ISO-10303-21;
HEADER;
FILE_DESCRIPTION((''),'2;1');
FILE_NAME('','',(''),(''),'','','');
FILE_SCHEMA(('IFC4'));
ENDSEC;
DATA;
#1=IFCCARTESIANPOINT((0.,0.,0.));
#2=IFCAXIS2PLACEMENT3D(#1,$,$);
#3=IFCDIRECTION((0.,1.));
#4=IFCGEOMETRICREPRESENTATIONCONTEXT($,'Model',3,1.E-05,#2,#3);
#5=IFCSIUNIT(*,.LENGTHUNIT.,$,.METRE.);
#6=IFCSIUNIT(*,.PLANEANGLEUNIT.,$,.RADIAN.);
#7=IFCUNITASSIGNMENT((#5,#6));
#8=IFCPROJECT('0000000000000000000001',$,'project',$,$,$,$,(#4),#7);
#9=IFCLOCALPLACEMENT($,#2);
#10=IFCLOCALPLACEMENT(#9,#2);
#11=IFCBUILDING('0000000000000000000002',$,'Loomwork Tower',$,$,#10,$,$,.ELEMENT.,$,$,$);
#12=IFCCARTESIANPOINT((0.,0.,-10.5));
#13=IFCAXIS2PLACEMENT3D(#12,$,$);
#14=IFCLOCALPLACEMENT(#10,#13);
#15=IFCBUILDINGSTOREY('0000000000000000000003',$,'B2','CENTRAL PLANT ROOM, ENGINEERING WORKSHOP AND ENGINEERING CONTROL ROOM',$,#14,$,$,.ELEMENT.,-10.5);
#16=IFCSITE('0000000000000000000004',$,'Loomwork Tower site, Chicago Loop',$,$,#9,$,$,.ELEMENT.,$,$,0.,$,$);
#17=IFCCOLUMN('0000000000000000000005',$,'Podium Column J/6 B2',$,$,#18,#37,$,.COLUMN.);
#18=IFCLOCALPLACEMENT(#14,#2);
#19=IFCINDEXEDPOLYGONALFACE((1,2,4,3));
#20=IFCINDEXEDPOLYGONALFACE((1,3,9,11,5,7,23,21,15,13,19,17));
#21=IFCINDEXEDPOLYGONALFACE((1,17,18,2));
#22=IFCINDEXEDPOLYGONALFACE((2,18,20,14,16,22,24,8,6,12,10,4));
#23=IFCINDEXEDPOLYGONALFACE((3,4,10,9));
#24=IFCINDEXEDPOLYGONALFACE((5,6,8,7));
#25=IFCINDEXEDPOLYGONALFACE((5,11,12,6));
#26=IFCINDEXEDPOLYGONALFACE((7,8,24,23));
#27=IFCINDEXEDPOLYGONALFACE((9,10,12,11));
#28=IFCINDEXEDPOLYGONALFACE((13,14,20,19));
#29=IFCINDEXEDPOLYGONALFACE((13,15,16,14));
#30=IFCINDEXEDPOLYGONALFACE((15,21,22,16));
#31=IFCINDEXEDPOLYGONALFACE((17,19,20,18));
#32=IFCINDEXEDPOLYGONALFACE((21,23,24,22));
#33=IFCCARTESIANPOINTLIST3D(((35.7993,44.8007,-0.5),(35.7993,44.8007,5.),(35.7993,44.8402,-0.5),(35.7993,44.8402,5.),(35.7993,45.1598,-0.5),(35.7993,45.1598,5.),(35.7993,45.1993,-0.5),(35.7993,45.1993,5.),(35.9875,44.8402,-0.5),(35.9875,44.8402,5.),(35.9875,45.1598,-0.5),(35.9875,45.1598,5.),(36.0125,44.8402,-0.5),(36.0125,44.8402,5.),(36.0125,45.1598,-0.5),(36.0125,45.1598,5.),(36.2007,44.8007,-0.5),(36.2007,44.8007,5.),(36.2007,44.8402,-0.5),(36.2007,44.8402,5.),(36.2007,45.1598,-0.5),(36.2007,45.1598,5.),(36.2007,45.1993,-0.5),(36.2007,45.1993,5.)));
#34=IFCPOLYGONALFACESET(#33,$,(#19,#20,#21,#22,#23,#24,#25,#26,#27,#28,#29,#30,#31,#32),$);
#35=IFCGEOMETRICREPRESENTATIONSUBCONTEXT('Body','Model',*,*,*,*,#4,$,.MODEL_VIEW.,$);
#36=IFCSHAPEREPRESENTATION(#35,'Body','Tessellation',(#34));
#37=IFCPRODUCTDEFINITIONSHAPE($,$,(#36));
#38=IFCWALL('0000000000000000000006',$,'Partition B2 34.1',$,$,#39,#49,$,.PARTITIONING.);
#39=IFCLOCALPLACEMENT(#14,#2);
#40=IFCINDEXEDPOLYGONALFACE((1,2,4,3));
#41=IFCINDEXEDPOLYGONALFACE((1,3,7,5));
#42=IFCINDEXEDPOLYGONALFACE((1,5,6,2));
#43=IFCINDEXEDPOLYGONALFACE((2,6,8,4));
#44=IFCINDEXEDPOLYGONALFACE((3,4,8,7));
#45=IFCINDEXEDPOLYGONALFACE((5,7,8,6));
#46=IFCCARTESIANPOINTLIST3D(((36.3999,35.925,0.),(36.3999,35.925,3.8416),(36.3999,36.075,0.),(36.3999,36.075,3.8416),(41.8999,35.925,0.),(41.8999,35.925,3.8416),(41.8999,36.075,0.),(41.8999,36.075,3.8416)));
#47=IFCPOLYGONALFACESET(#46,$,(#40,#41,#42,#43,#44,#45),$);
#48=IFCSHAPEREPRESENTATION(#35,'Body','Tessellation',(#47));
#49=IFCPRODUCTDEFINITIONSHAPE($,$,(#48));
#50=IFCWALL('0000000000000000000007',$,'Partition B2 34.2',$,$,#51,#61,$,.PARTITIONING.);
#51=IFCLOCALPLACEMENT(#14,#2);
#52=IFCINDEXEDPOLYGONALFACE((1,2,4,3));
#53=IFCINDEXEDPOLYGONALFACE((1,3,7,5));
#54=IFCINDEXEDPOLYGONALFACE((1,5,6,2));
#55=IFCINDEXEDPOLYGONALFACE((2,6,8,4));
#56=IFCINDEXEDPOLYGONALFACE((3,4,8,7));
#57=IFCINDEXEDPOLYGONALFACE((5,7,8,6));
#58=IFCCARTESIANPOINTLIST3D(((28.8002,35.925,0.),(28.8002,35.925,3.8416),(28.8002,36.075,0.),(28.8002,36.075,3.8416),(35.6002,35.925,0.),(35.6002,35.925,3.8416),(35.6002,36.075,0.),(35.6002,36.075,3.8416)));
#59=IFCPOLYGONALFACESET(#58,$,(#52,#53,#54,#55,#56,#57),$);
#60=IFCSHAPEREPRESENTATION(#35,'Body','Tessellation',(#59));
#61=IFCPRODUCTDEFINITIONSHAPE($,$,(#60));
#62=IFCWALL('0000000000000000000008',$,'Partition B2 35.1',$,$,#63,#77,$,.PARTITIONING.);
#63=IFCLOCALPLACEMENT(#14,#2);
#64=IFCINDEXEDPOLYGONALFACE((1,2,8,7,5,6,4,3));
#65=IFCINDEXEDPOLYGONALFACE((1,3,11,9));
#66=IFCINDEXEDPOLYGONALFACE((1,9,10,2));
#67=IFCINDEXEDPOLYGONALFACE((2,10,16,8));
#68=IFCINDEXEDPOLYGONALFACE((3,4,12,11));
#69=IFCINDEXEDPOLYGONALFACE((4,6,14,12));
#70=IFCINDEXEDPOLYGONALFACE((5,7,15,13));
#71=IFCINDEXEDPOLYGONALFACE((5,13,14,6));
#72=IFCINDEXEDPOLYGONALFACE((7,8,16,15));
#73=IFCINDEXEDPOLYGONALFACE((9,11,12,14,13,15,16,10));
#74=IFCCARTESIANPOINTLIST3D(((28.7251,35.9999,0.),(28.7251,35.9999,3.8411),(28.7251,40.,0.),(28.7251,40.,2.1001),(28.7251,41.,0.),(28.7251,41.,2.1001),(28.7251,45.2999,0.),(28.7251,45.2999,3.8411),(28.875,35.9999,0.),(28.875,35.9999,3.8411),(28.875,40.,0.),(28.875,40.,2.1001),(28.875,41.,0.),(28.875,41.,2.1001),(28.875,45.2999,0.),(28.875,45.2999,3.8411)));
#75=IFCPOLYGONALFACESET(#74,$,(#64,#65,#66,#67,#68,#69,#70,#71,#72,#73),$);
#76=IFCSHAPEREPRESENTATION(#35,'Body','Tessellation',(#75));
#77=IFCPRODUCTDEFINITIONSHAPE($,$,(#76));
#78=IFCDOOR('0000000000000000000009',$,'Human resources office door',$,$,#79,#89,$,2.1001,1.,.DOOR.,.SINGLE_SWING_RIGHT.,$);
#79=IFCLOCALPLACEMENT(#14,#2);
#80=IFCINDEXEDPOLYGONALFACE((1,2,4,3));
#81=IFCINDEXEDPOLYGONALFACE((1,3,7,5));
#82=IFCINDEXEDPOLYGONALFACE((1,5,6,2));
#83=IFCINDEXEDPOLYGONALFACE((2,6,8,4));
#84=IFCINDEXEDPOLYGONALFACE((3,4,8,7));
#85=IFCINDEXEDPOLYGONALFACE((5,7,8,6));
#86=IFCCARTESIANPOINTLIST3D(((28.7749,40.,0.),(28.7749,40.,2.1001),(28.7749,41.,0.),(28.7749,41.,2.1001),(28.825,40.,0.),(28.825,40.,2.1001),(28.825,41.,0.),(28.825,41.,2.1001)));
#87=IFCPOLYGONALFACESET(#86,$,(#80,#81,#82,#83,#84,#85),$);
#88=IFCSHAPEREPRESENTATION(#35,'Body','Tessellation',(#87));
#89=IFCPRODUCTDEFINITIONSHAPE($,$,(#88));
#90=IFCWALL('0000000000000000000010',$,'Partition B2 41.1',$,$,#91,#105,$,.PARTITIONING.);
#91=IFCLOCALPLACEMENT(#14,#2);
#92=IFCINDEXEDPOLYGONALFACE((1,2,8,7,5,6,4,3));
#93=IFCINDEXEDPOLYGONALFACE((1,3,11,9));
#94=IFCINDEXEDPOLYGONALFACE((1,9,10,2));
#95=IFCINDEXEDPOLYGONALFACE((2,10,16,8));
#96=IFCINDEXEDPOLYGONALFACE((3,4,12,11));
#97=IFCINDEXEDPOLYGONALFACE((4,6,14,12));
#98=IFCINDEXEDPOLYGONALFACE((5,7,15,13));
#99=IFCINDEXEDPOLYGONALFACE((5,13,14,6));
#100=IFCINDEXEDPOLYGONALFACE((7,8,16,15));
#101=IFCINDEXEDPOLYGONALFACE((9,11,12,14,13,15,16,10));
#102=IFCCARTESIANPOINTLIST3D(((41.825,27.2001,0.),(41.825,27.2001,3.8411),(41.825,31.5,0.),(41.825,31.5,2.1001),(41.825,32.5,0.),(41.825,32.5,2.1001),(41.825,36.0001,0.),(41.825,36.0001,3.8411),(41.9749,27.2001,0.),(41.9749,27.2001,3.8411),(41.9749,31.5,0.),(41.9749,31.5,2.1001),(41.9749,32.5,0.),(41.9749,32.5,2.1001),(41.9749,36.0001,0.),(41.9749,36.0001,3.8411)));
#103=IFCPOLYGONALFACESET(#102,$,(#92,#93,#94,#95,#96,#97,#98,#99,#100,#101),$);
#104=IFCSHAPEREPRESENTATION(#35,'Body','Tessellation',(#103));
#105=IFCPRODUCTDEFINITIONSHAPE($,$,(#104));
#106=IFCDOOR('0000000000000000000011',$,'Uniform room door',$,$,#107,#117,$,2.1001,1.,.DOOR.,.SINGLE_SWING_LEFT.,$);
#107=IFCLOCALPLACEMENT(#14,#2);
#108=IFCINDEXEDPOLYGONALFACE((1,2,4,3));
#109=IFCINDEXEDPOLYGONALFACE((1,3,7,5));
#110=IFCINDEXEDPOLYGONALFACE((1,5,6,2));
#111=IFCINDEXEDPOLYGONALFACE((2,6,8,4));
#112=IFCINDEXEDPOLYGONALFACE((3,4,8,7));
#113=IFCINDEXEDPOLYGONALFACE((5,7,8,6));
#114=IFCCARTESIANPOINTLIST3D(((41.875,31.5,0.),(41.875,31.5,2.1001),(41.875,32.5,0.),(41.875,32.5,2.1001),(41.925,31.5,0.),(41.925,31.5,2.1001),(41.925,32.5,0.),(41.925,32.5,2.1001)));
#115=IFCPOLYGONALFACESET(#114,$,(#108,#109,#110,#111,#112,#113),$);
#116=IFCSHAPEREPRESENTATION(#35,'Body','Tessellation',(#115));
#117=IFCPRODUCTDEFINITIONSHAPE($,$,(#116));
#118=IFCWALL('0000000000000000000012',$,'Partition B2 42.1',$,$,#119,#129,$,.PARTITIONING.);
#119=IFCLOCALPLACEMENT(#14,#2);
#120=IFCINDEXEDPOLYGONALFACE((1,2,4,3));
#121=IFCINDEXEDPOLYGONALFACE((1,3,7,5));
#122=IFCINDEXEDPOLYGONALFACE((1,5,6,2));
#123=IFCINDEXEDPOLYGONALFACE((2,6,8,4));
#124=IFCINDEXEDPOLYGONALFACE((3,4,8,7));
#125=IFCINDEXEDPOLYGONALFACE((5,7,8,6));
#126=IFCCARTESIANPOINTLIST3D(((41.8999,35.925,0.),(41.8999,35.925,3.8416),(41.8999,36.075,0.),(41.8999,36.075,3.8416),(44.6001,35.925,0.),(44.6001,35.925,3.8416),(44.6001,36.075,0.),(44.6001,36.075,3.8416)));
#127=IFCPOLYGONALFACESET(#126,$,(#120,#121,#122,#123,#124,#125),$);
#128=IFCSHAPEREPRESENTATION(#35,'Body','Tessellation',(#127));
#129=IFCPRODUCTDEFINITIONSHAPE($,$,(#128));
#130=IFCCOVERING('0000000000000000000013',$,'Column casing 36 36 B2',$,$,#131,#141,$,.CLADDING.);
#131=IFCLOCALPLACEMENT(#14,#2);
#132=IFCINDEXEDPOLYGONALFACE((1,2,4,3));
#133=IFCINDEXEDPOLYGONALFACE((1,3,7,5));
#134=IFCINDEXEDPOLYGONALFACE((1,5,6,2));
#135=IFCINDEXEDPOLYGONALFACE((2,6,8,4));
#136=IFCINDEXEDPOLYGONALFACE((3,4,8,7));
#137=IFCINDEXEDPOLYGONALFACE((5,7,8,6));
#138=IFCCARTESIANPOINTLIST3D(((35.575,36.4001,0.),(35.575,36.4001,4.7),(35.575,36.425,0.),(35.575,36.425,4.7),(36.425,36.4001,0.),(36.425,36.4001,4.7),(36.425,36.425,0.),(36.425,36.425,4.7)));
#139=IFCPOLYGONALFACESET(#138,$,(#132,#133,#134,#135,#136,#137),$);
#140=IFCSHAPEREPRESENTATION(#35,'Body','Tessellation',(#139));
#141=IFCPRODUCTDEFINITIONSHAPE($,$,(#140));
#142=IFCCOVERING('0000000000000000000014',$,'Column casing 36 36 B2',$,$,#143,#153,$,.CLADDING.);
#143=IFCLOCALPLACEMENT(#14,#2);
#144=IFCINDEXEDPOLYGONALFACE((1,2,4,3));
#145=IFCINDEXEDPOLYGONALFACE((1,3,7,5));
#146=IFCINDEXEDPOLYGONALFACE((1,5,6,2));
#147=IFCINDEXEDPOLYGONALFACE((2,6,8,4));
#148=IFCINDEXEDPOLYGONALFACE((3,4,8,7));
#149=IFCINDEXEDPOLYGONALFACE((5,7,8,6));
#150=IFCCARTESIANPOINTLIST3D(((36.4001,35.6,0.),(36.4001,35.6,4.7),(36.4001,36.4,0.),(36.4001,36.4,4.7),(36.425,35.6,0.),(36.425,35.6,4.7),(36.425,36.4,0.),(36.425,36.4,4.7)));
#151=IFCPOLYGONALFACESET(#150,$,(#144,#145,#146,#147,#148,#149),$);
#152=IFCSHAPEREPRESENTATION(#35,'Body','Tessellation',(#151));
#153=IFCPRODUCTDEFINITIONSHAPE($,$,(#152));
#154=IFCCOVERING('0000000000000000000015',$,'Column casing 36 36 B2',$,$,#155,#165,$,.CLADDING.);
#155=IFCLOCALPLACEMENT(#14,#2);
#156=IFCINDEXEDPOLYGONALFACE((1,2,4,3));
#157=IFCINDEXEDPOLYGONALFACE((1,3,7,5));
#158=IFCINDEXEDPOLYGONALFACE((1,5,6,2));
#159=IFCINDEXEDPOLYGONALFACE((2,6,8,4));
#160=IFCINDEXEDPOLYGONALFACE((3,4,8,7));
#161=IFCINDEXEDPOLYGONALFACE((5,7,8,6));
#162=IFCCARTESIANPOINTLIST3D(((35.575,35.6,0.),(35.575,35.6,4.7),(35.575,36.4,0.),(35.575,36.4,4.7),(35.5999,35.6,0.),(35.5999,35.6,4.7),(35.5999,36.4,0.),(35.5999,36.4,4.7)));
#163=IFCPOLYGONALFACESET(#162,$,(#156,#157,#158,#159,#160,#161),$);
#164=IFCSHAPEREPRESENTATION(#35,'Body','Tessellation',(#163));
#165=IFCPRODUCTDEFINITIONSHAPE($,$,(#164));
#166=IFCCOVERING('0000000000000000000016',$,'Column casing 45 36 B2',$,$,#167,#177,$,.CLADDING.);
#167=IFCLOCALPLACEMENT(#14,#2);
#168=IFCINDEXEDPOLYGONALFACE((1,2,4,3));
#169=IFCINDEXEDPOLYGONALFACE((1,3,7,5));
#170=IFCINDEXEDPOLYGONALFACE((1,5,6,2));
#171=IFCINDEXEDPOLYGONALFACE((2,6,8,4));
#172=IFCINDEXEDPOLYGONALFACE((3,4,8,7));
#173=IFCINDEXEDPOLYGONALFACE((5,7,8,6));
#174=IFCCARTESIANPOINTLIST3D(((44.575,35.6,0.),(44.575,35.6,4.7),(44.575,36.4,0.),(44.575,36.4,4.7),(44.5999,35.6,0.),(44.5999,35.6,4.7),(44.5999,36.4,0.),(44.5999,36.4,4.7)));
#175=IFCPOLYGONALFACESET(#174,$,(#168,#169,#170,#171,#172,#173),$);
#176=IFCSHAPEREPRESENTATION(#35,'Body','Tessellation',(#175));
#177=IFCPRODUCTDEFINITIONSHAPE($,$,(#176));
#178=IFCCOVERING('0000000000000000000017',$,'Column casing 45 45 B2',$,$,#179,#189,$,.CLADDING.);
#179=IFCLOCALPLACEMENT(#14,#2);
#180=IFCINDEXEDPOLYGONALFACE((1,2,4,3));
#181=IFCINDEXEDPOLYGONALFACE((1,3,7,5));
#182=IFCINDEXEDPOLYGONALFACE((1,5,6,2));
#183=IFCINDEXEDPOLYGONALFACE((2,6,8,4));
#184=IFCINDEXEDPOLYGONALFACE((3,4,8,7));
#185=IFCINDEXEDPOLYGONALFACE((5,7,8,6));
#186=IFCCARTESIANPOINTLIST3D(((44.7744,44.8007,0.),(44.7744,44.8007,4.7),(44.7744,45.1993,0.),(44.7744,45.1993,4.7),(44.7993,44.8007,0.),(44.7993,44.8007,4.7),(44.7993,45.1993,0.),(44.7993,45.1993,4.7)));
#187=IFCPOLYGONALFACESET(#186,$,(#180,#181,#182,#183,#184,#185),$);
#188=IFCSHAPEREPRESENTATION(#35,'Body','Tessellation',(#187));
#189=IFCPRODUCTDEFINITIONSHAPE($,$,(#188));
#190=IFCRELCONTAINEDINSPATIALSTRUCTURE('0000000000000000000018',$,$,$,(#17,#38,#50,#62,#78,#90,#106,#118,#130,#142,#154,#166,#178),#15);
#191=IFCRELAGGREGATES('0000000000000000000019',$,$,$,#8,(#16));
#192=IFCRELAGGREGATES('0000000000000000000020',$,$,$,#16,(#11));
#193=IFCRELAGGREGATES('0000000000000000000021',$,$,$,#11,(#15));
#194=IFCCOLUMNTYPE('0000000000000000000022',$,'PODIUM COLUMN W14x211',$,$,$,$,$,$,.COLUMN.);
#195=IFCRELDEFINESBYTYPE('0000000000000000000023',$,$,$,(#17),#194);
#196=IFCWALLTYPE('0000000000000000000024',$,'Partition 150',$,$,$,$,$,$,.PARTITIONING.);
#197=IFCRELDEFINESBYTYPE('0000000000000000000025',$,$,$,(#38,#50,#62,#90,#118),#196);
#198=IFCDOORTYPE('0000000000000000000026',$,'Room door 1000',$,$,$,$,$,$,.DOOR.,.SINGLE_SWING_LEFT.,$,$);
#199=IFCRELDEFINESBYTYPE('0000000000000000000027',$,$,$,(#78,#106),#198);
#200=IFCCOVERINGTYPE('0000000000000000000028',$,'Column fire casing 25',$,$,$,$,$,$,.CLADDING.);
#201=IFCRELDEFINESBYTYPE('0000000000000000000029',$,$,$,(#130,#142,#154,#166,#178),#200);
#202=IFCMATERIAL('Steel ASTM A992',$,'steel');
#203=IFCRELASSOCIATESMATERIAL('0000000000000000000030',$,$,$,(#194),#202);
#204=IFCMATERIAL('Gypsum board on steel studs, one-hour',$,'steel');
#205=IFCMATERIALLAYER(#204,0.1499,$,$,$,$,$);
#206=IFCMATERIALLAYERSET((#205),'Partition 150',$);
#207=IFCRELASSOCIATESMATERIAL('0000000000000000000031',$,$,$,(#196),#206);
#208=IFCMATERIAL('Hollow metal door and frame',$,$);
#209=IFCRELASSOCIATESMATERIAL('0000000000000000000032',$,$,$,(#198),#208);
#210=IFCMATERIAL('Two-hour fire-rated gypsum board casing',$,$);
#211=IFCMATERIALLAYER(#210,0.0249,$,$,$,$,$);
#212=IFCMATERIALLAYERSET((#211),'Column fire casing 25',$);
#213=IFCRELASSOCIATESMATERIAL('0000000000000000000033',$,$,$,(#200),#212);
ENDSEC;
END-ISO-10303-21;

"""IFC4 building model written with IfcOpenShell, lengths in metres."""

from ifc_helpers import new_model, si_unit, direction, frame, frame_2d, origin, origin_2d, place, context, subcontext, project, spatial, rectangle, i_section, extrude, material, layer, layer_set, material_profile, profile_set, type_object, element, fill, save


model = new_model("IFC4")

# Units and contexts
model_context = context("Model", 3, precision=1e-05, world=origin(), true_north=direction((0.0, 1.0)))
body_context = subcontext(model_context, "Body", "Model", "MODEL_VIEW")
ifc_project = project(units=[si_unit("LENGTHUNIT", "METRE"), si_unit("PLANEANGLEUNIT", "RADIAN")], contexts=[model_context])

# Site, building, storey
site_placement = place(None, origin())
site = spatial("IfcSite", under=ifc_project, at=site_placement, Name="Loomwork Tower site, Chicago Loop", CompositionType="ELEMENT", RefElevation=0.0)
building_placement = place(site_placement, origin())
building = spatial("IfcBuilding", under=site, at=building_placement, Name="Loomwork Tower", CompositionType="ELEMENT")
storey_placement = place(building_placement, frame((0.0, 0.0, -10.5)))
storey = spatial("IfcBuildingStorey", under=building, at=storey_placement, Name="B2", Description="CENTRAL PLANT ROOM, ENGINEERING WORKSHOP AND ENGINEERING CONTROL ROOM", CompositionType="ELEMENT", Elevation=-10.5)

# Column
ifc_material_1 = material(Name="Steel ASTM A992", Category="steel")
ifc_material_profile_1 = material_profile(ifc_material_1, i_section(OverallWidth=0.4014, OverallDepth=0.3987, WebThickness=0.0249, FlangeThickness=0.0396, at=origin_2d()), Name="W14x211")
ifc_profile_set_1 = profile_set([ifc_material_profile_1], Name="Steel ASTM A992")
column_type_1 = type_object("IfcColumnType", Name="PODIUM COLUMN W14x211", PredefinedType="COLUMN", material=ifc_profile_set_1)
for number, where, z_axis, x_axis, name in (
    (1, (36.0, 45.0, -0.5), (0.0, 0.0, 1.0), (1.0, 0.0, 0.0), "Podium Column J/6 B2"),
):
    element("IfcColumn", number, at=place(storey_placement, frame(where, z_axis=z_axis, x_axis=x_axis)), inside=storey, type_object=column_type_1, Name=name, PredefinedType="COLUMN", context=body_context, shape_type="SweptSolid", body=[
        extrude(i_section(OverallWidth=0.4014, OverallDepth=0.3987, WebThickness=0.0249, FlangeThickness=0.0396, at=origin_2d()), origin(), (0.0, 0.0, 1.0), 5.5),
    ])

# Walls
ifc_material_2 = material(Name="Gypsum board on steel studs, one-hour", Category="steel")
ifc_layer_1 = layer(ifc_material_2, 0.1499)
ifc_layer_set_1 = layer_set([ifc_layer_1], Name="Partition 150")
wall_type = type_object("IfcWallType", Name="Partition 150", PredefinedType="PARTITIONING", material=ifc_layer_set_1)
wall_1_placement = place(storey_placement, frame((41.8999, 36.0, 0.0), z_axis=(0.0, 0.0, 1.0), x_axis=(-1.0, 0.0, 0.0)))
element("IfcWall", 2, at=wall_1_placement, inside=storey, type_object=wall_type, Name="Partition B2 34.1", PredefinedType="PARTITIONING", context=body_context, shape_type="SweptSolid", body=[
    extrude(rectangle(XDim=5.5, YDim=0.1499, at=frame_2d((2.75, 0.0))), origin(), (0.0, 0.0, 1.0), 3.8416),
])
wall_2_placement = place(storey_placement, frame((35.6001, 36.0, 0.0), z_axis=(0.0, 0.0, 1.0), x_axis=(-1.0, 0.0, 0.0)))
element("IfcWall", 3, at=wall_2_placement, inside=storey, type_object=wall_type, Name="Partition B2 34.2", PredefinedType="PARTITIONING", context=body_context, shape_type="SweptSolid", body=[
    extrude(rectangle(XDim=6.8, YDim=0.1499, at=frame_2d((3.3999, 0.0))), origin(), (0.0, 0.0, 1.0), 3.8416),
])

# Walls, openings, doors
wall_3_placement = place(storey_placement, frame((28.8, 36.0, 0.0), z_axis=(0.0, 0.0, 1.0), x_axis=(0.0, 1.0, 0.0)))
wall_3 = element("IfcWall", 4, at=wall_3_placement, inside=storey, type_object=wall_type, Name="Partition B2 35.1", PredefinedType="PARTITIONING", context=body_context, shape_type="SweptSolid", body=[
    extrude(rectangle(XDim=9.3, YDim=0.1499, at=frame_2d((4.6499, 0.0))), origin(), (0.0, 0.0, 1.0), 3.8411),
])
opening_1_placement = place(wall_3_placement, frame((4.0, 0.0, 0.0)))
opening_1 = element("IfcOpeningElement", 5, at=opening_1_placement, cuts=wall_3, PredefinedType="OPENING", context=body_context, shape_type="SweptSolid", body=[
    extrude(rectangle(XDim=1.0, YDim=2.1001, at=frame_2d((0.5, 1.05))), frame((0.0, 0.085, 0.0), z_axis=(0.0, -1.0, 0.0), x_axis=(1.0, 0.0, 0.0)), (0.0, 0.0, 1.0), 0.1699),
])
ifc_material_3 = material(Name="Hollow metal door and frame")
door_type = type_object("IfcDoorType", Name="Room door 1000", OperationType="SINGLE_SWING_LEFT", PredefinedType="DOOR", material=ifc_material_3)
door_1_placement = place(opening_1_placement, frame((1.0, 0.0, 0.0), z_axis=(0.0, 0.0, 1.0), x_axis=(-1.0, 0.0, 0.0)))
door_1 = element("IfcDoor", 6, at=door_1_placement, inside=storey, type_object=door_type, Name="Human resources office door", OperationType="SINGLE_SWING_RIGHT", OverallHeight=2.1001, OverallWidth=1.0, PredefinedType="DOOR", context=body_context, shape_type="SweptSolid", body=[
    extrude(rectangle(XDim=1.0, YDim=2.1001, at=frame_2d((0.5, 1.05))), frame((0.0, 0.0249, 0.0), z_axis=(0.0, -1.0, 0.0), x_axis=(1.0, 0.0, 0.0)), (0.0, 0.0, 1.0), 0.05),
])
fill(opening_1, door_1)
wall_4_placement = place(storey_placement, frame((41.8999, 36.0, 0.0), z_axis=(0.0, 0.0, 1.0), x_axis=(0.0, -1.0, 0.0)))
wall_4 = element("IfcWall", 7, at=wall_4_placement, inside=storey, type_object=wall_type, Name="Partition B2 41.1", PredefinedType="PARTITIONING", context=body_context, shape_type="SweptSolid", body=[
    extrude(rectangle(XDim=8.8, YDim=0.1499, at=frame_2d((4.3999, 0.0))), origin(), (0.0, 0.0, 1.0), 3.8411),
])
opening_2_placement = place(wall_4_placement, frame((3.5, 0.0, 0.0)))
opening_2 = element("IfcOpeningElement", 8, at=opening_2_placement, cuts=wall_4, PredefinedType="OPENING", context=body_context, shape_type="SweptSolid", body=[
    extrude(rectangle(XDim=1.0, YDim=2.1001, at=frame_2d((0.5, 1.05))), frame((0.0, 0.085, 0.0), z_axis=(0.0, -1.0, 0.0), x_axis=(1.0, 0.0, 0.0)), (0.0, 0.0, 1.0), 0.1699),
])
door_2_placement = place(opening_2_placement, frame((1.0, 0.0, 0.0), z_axis=(0.0, 0.0, 1.0), x_axis=(-1.0, 0.0, 0.0)))
door_2 = element("IfcDoor", 9, at=door_2_placement, inside=storey, type_object=door_type, Name="Uniform room door", OperationType="SINGLE_SWING_LEFT", OverallHeight=2.1001, OverallWidth=1.0, PredefinedType="DOOR", context=body_context, shape_type="SweptSolid", body=[
    extrude(rectangle(XDim=1.0, YDim=2.1001, at=frame_2d((0.5, 1.05))), frame((0.0, 0.0249, 0.0), z_axis=(0.0, -1.0, 0.0), x_axis=(1.0, 0.0, 0.0)), (0.0, 0.0, 1.0), 0.05),
])
fill(opening_2, door_2)

# Wall
wall_5_placement = place(storey_placement, frame((44.6001, 36.0, 0.0), z_axis=(0.0, 0.0, 1.0), x_axis=(-1.0, 0.0, 0.0)))
element("IfcWall", 10, at=wall_5_placement, inside=storey, type_object=wall_type, Name="Partition B2 42.1", PredefinedType="PARTITIONING", context=body_context, shape_type="SweptSolid", body=[
    extrude(rectangle(XDim=2.7002, YDim=0.1499, at=frame_2d((1.3501, 0.0))), origin(), (0.0, 0.0, 1.0), 3.8416),
])

# Coverings
ifc_material_4 = material(Name="Two-hour fire-rated gypsum board casing")
ifc_layer_2 = layer(ifc_material_4, 0.0249)
ifc_layer_set_2 = layer_set([ifc_layer_2], Name="Column fire casing 25")
covering_type = type_object("IfcCoveringType", Name="Column fire casing 25", PredefinedType="CLADDING", material=ifc_layer_set_2)
covering_1_placement = place(storey_placement, frame((36.0, 36.4126, 0.0), z_axis=(0.0, 0.0, 1.0), x_axis=(1.0, 0.0, 0.0)))
element("IfcCovering", 11, at=covering_1_placement, inside=storey, type_object=covering_type, Name="Column casing 36 36 B2", PredefinedType="CLADDING", context=body_context, shape_type="SweptSolid", body=[
    extrude(rectangle(XDim=0.8501, YDim=0.0249, at=origin_2d()), origin(), (0.0, 0.0, 1.0), 4.7),
])
for number, where, z_axis, x_axis, name in (
    (12, (36.4126, 36.0, 0.0), (0.0, 0.0, 1.0), (1.0, 0.0, 0.0), "Column casing 36 36 B2"),
    (13, (35.5874, 36.0, 0.0), (0.0, 0.0, 1.0), (1.0, 0.0, 0.0), "Column casing 36 36 B2"),
    (14, (44.5874, 36.0, 0.0), (0.0, 0.0, 1.0), (1.0, 0.0, 0.0), "Column casing 45 36 B2"),
):
    element("IfcCovering", number, at=place(storey_placement, frame(where, z_axis=z_axis, x_axis=x_axis)), inside=storey, type_object=covering_type, Name=name, PredefinedType="CLADDING", context=body_context, shape_type="SweptSolid", body=[
        extrude(rectangle(XDim=0.0249, YDim=0.8, at=origin_2d()), origin(), (0.0, 0.0, 1.0), 4.7),
    ])
covering_2_placement = place(storey_placement, frame((44.7869, 45.0, 0.0), z_axis=(0.0, 0.0, 1.0), x_axis=(1.0, 0.0, 0.0)))
element("IfcCovering", 15, at=covering_2_placement, inside=storey, type_object=covering_type, Name="Column casing 45 45 B2", PredefinedType="CLADDING", context=body_context, shape_type="SweptSolid", body=[
    extrude(rectangle(XDim=0.0249, YDim=0.3987, at=origin_2d()), origin(), (0.0, 0.0, 1.0), 4.7),
])

save(model, "model.ifc")
